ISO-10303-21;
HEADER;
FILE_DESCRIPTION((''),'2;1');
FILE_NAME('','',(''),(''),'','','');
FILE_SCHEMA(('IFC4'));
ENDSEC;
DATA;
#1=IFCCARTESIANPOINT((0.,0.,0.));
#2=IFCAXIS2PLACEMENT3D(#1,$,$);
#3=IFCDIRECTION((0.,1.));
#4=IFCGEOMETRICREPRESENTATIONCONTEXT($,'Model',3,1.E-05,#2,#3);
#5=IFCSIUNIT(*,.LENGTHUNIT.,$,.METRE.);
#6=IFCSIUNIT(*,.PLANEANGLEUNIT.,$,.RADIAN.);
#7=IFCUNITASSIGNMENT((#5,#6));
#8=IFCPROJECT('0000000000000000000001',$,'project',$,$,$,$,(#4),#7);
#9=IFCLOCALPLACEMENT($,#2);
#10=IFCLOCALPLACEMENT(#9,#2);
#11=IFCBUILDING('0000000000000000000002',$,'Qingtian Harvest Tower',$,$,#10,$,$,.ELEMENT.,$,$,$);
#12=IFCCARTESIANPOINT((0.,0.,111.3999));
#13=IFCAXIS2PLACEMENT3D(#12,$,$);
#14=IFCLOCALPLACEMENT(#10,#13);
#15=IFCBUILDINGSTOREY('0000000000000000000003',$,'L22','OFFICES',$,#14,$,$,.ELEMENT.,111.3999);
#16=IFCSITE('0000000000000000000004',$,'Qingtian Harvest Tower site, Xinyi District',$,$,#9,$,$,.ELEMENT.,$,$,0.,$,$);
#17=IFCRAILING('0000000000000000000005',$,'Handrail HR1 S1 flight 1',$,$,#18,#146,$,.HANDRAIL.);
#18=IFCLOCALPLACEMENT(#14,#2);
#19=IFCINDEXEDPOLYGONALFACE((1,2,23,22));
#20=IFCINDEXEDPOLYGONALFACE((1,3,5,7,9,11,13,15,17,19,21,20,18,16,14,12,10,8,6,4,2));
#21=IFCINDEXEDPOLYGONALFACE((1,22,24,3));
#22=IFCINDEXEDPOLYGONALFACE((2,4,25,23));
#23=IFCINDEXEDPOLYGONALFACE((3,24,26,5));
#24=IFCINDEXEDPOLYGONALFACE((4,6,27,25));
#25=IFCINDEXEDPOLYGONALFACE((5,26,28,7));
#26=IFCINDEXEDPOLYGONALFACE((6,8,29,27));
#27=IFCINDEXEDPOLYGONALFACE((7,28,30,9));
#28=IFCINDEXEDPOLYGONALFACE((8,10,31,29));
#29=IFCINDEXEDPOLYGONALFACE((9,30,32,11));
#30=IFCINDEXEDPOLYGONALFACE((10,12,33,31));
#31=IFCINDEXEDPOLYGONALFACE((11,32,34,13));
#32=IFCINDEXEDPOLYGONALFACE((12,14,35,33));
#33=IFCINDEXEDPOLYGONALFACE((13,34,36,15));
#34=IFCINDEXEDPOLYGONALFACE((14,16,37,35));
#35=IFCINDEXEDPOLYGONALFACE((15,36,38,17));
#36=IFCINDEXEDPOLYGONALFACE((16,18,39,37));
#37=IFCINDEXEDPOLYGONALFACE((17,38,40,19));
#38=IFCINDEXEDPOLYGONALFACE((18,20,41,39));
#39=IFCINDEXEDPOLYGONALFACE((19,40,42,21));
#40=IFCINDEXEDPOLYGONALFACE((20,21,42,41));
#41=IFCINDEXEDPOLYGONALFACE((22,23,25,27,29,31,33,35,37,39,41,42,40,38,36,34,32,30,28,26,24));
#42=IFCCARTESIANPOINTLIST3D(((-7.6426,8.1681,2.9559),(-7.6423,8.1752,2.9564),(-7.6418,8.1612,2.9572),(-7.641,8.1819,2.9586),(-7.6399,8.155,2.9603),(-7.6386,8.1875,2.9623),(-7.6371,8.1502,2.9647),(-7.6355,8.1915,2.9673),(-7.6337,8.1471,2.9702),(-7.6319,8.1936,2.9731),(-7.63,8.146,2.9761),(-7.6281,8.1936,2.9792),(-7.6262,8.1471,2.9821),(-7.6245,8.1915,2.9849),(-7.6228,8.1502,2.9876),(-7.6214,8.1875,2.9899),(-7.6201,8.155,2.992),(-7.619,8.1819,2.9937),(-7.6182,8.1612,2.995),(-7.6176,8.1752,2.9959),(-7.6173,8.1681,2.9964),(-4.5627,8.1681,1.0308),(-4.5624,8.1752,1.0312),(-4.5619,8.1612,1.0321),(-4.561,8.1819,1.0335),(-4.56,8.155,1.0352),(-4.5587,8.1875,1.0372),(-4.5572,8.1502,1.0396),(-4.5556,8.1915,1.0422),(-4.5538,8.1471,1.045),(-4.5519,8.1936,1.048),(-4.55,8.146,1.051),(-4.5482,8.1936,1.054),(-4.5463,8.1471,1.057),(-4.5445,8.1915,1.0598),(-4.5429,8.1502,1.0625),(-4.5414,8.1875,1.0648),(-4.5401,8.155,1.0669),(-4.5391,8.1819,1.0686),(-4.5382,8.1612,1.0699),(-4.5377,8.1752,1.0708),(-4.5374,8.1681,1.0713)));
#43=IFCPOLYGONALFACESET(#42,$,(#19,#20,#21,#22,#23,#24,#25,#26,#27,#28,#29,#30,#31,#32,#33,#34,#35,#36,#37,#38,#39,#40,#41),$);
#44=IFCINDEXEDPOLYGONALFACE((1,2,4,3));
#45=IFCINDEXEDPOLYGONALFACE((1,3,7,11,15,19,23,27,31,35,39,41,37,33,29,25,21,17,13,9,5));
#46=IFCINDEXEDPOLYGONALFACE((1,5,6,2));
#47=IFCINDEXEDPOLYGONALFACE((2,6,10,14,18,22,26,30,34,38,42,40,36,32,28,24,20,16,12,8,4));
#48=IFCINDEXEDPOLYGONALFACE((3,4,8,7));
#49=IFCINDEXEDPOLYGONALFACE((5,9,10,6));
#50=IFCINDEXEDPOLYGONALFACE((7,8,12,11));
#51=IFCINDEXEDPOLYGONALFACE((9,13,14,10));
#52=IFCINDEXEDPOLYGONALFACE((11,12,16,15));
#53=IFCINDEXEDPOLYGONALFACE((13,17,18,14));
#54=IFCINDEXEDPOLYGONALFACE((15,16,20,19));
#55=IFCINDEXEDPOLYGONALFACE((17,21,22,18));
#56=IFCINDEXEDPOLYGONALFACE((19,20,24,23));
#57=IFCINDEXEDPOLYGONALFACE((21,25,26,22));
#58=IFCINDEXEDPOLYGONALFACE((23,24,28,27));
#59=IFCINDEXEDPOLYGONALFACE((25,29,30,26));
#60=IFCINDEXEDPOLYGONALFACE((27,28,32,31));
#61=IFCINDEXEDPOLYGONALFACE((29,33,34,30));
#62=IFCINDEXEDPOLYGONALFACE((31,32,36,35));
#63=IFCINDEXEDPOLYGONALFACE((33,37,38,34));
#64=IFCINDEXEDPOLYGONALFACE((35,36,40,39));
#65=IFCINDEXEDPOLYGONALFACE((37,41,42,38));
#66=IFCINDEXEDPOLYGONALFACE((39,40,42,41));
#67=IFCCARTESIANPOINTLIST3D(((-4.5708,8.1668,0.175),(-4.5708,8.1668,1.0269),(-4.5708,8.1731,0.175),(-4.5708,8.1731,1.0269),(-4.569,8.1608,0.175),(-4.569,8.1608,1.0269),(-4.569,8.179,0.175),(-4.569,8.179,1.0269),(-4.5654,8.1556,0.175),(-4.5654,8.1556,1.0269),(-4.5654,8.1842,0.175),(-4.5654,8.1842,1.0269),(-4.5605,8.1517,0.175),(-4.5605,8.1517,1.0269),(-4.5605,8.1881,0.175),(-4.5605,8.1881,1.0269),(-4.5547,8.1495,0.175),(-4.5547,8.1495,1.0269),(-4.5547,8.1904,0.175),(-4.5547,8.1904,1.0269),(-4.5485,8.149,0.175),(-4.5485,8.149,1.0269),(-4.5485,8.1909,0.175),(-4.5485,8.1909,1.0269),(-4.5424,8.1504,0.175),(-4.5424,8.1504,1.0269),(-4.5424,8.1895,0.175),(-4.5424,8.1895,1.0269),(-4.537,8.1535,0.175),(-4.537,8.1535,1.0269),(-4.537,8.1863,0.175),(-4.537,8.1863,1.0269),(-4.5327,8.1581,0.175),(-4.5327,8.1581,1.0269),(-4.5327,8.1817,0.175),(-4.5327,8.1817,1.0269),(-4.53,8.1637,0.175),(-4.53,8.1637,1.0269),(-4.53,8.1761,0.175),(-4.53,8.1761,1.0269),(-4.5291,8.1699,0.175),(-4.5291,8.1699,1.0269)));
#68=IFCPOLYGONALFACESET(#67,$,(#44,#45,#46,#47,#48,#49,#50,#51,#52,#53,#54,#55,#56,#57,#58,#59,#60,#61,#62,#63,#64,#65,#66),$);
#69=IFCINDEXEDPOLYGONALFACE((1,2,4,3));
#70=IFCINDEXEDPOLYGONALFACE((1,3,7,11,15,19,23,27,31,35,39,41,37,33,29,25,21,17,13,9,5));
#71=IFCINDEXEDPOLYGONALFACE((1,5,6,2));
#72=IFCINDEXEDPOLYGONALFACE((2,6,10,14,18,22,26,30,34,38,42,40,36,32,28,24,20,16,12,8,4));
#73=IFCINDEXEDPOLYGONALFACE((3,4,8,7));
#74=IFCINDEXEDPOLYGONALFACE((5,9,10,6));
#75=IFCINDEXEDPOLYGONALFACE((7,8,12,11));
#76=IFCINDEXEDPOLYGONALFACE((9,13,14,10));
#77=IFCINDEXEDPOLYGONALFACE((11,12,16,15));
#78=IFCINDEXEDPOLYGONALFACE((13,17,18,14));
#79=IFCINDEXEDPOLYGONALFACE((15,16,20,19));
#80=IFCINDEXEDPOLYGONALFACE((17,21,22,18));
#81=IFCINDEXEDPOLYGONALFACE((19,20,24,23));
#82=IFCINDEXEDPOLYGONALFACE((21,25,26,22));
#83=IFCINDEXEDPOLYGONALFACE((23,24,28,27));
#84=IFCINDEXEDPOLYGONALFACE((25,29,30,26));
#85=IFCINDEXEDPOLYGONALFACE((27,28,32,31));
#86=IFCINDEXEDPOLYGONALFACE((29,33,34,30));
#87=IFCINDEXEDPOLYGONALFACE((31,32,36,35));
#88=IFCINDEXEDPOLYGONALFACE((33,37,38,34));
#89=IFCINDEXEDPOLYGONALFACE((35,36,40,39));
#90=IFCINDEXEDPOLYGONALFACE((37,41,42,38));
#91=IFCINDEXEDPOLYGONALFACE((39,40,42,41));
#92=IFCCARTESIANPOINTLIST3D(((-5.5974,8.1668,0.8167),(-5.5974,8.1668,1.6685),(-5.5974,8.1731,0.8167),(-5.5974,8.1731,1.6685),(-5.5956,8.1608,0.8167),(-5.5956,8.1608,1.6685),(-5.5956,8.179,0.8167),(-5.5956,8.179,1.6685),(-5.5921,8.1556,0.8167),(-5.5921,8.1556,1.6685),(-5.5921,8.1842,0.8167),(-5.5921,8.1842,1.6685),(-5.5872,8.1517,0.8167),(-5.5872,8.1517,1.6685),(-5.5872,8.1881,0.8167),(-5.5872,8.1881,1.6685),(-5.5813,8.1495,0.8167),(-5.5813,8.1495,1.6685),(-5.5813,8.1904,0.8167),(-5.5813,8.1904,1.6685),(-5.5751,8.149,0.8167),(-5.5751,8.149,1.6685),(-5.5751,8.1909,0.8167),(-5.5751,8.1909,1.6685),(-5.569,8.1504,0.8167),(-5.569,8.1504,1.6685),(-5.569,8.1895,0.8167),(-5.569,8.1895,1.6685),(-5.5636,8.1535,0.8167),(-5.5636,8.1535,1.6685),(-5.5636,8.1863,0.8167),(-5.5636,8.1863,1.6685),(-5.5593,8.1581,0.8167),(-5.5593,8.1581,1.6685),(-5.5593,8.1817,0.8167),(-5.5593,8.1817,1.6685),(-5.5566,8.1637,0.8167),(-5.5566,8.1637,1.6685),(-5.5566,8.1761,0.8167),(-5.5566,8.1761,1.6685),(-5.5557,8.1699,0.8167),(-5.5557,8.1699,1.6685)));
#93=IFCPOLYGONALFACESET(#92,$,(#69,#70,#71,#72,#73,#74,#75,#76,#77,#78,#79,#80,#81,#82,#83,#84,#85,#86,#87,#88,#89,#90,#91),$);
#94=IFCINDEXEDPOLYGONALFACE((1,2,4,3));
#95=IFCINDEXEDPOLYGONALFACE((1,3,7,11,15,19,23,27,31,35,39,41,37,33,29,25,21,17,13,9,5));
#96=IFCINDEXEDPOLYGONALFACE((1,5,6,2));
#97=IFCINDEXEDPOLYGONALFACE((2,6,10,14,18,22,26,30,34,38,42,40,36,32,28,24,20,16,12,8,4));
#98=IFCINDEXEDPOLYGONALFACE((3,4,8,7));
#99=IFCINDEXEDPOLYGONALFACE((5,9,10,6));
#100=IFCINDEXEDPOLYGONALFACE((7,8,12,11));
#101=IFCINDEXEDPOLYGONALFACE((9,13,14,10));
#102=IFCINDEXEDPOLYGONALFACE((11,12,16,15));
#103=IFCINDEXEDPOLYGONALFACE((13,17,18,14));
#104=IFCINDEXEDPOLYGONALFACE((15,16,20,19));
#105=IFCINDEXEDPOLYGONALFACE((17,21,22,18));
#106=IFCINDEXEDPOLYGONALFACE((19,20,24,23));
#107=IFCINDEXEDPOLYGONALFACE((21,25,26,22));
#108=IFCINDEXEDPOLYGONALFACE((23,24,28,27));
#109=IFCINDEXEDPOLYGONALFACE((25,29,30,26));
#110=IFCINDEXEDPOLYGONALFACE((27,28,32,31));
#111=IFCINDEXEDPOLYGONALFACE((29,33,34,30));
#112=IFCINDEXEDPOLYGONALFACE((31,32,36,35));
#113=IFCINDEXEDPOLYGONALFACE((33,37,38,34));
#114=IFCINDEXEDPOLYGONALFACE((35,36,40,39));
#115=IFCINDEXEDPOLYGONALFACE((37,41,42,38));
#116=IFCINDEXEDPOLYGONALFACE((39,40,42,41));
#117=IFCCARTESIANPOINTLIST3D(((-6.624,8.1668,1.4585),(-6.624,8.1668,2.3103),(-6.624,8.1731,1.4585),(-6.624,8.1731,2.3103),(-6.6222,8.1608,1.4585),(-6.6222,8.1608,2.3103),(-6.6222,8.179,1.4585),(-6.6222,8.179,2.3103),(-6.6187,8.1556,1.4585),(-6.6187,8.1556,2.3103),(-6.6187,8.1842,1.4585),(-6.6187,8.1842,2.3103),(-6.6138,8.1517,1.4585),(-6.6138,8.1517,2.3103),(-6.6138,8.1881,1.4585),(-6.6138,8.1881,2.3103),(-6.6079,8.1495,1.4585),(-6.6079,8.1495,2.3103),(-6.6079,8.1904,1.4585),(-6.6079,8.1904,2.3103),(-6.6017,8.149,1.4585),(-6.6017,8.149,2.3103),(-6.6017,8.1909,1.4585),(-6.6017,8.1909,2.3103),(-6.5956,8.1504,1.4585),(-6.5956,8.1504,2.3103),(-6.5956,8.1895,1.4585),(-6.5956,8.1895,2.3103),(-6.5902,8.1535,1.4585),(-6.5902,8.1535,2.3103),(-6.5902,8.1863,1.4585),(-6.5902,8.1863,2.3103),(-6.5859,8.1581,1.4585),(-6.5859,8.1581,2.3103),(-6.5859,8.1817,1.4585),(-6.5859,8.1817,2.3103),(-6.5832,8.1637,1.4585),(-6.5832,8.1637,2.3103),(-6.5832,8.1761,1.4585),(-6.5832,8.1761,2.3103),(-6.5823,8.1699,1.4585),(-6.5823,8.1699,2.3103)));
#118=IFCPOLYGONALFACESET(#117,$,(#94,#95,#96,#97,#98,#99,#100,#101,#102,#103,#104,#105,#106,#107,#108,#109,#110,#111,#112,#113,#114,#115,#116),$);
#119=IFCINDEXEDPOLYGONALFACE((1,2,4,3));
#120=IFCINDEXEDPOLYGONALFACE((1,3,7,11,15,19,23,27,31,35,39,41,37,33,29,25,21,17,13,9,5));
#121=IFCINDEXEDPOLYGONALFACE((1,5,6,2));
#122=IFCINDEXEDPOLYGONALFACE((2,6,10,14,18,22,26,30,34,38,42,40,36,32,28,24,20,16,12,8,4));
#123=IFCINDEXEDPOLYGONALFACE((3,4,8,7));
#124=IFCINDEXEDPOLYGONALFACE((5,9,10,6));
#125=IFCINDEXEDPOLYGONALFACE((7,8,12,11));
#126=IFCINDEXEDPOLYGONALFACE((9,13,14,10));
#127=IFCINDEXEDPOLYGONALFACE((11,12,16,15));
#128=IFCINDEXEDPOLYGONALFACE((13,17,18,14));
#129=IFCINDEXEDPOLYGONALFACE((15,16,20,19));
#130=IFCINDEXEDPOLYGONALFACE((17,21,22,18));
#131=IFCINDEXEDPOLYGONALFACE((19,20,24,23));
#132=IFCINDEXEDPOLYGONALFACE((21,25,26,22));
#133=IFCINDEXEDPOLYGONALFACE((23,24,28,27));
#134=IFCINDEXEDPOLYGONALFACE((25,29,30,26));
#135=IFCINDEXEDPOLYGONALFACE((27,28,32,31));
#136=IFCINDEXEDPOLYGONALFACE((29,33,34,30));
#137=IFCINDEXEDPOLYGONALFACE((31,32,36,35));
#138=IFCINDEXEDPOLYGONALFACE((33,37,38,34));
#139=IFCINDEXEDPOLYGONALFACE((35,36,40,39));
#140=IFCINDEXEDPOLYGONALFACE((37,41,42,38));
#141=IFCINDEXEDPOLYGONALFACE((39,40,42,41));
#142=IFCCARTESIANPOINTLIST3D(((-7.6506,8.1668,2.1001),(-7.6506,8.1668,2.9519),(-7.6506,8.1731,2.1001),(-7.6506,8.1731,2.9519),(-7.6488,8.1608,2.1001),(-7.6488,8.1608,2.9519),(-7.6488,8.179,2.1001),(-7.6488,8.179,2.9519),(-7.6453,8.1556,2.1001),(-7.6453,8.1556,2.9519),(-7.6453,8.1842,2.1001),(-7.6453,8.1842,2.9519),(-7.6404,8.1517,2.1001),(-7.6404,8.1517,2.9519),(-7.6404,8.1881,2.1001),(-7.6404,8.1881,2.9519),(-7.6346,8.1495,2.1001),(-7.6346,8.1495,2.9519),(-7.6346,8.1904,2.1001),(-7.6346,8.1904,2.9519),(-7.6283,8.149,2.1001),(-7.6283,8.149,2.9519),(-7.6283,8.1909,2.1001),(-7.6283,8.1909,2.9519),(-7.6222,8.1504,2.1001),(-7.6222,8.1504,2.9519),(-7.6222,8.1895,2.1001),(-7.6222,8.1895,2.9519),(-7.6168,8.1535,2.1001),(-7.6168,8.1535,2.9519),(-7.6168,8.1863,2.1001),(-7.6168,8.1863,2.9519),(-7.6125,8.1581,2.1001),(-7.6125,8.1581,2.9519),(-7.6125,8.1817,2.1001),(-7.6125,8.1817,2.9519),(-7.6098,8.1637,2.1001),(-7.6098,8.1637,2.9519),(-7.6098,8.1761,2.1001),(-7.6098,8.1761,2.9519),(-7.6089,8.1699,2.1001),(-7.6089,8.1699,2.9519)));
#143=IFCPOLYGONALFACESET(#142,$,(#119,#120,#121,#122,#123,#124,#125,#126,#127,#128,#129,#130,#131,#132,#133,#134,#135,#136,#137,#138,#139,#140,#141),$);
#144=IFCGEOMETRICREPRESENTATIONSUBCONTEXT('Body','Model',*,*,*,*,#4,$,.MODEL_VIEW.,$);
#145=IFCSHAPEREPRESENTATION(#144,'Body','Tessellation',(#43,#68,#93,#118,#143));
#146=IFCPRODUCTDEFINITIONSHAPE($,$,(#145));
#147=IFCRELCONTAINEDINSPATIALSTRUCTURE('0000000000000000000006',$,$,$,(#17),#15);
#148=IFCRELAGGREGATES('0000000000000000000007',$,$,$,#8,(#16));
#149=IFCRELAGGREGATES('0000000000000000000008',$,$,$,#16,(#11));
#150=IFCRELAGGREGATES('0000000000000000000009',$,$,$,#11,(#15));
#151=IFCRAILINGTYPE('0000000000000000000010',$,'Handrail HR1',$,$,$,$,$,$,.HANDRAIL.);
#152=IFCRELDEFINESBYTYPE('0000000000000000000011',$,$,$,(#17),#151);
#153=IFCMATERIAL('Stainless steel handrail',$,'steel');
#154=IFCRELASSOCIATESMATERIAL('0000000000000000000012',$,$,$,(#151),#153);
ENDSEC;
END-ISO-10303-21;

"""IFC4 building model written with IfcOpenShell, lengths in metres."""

from ifc_helpers import new_model, si_unit, direction, frame, origin, origin_2d, place, context, subcontext, project, spatial, circle, extrude, material, type_object, element, save


model = new_model("IFC4")

# Units and contexts
model_context = context("Model", 3, precision=1e-05, world=origin(), true_north=direction((0.0, 1.0)))
body_context = subcontext(model_context, "Body", "Model", "MODEL_VIEW")
ifc_project = project(units=[si_unit("LENGTHUNIT", "METRE"), si_unit("PLANEANGLEUNIT", "RADIAN")], contexts=[model_context])

# Site, building, storey
site_placement = place(None, origin())
site = spatial("IfcSite", under=ifc_project, at=site_placement, Name="Qingtian Harvest Tower site, Xinyi District", CompositionType="ELEMENT", RefElevation=0.0)
building_placement = place(site_placement, origin())
building = spatial("IfcBuilding", under=site, at=building_placement, Name="Qingtian Harvest Tower", CompositionType="ELEMENT")
storey_placement = place(building_placement, frame((0.0, 0.0, 111.3999)))
storey = spatial("IfcBuildingStorey", under=building, at=storey_placement, Name="L22", Description="OFFICES", CompositionType="ELEMENT", Elevation=111.3999)

# Railing
ifc_material_1 = material(Name="Stainless steel handrail", Category="steel")
railing_type = type_object("IfcRailingType", Name="Handrail HR1", PredefinedType="HANDRAIL", material=ifc_material_1)
railing_1_placement = place(storey_placement, frame((-4.55, 8.1699, 0.175)))
element("IfcRailing", 1, at=railing_1_placement, inside=storey, type_object=railing_type, Name="Handrail HR1 S1 flight 1", PredefinedType="HANDRAIL", context=body_context, shape_type="SweptSolid", body=[
    extrude(circle(Radius=0.0239, at=origin_2d()), frame((0.0, 0.0, 0.876), z_axis=(-0.847979, 0.0, 0.530029), x_axis=(0.0, -1.0, 0.0)), (0.0, 0.0, 1.0), 3.6321),
    extrude(circle(Radius=0.021, at=origin_2d()), origin(), (0.0, 0.0, 1.0), 0.8518),
    extrude(circle(Radius=0.021, at=origin_2d()), frame((-1.0266, 0.0, 0.6416)), (0.0, 0.0, 1.0), 0.8518),
    extrude(circle(Radius=0.021, at=origin_2d()), frame((-2.0532, 0.0, 1.2834)), (0.0, 0.0, 1.0), 0.8518),
    extrude(circle(Radius=0.021, at=origin_2d()), frame((-3.0798, 0.0, 1.925)), (0.0, 0.0, 1.0), 0.8518),
])

save(model, "model.ifc")
